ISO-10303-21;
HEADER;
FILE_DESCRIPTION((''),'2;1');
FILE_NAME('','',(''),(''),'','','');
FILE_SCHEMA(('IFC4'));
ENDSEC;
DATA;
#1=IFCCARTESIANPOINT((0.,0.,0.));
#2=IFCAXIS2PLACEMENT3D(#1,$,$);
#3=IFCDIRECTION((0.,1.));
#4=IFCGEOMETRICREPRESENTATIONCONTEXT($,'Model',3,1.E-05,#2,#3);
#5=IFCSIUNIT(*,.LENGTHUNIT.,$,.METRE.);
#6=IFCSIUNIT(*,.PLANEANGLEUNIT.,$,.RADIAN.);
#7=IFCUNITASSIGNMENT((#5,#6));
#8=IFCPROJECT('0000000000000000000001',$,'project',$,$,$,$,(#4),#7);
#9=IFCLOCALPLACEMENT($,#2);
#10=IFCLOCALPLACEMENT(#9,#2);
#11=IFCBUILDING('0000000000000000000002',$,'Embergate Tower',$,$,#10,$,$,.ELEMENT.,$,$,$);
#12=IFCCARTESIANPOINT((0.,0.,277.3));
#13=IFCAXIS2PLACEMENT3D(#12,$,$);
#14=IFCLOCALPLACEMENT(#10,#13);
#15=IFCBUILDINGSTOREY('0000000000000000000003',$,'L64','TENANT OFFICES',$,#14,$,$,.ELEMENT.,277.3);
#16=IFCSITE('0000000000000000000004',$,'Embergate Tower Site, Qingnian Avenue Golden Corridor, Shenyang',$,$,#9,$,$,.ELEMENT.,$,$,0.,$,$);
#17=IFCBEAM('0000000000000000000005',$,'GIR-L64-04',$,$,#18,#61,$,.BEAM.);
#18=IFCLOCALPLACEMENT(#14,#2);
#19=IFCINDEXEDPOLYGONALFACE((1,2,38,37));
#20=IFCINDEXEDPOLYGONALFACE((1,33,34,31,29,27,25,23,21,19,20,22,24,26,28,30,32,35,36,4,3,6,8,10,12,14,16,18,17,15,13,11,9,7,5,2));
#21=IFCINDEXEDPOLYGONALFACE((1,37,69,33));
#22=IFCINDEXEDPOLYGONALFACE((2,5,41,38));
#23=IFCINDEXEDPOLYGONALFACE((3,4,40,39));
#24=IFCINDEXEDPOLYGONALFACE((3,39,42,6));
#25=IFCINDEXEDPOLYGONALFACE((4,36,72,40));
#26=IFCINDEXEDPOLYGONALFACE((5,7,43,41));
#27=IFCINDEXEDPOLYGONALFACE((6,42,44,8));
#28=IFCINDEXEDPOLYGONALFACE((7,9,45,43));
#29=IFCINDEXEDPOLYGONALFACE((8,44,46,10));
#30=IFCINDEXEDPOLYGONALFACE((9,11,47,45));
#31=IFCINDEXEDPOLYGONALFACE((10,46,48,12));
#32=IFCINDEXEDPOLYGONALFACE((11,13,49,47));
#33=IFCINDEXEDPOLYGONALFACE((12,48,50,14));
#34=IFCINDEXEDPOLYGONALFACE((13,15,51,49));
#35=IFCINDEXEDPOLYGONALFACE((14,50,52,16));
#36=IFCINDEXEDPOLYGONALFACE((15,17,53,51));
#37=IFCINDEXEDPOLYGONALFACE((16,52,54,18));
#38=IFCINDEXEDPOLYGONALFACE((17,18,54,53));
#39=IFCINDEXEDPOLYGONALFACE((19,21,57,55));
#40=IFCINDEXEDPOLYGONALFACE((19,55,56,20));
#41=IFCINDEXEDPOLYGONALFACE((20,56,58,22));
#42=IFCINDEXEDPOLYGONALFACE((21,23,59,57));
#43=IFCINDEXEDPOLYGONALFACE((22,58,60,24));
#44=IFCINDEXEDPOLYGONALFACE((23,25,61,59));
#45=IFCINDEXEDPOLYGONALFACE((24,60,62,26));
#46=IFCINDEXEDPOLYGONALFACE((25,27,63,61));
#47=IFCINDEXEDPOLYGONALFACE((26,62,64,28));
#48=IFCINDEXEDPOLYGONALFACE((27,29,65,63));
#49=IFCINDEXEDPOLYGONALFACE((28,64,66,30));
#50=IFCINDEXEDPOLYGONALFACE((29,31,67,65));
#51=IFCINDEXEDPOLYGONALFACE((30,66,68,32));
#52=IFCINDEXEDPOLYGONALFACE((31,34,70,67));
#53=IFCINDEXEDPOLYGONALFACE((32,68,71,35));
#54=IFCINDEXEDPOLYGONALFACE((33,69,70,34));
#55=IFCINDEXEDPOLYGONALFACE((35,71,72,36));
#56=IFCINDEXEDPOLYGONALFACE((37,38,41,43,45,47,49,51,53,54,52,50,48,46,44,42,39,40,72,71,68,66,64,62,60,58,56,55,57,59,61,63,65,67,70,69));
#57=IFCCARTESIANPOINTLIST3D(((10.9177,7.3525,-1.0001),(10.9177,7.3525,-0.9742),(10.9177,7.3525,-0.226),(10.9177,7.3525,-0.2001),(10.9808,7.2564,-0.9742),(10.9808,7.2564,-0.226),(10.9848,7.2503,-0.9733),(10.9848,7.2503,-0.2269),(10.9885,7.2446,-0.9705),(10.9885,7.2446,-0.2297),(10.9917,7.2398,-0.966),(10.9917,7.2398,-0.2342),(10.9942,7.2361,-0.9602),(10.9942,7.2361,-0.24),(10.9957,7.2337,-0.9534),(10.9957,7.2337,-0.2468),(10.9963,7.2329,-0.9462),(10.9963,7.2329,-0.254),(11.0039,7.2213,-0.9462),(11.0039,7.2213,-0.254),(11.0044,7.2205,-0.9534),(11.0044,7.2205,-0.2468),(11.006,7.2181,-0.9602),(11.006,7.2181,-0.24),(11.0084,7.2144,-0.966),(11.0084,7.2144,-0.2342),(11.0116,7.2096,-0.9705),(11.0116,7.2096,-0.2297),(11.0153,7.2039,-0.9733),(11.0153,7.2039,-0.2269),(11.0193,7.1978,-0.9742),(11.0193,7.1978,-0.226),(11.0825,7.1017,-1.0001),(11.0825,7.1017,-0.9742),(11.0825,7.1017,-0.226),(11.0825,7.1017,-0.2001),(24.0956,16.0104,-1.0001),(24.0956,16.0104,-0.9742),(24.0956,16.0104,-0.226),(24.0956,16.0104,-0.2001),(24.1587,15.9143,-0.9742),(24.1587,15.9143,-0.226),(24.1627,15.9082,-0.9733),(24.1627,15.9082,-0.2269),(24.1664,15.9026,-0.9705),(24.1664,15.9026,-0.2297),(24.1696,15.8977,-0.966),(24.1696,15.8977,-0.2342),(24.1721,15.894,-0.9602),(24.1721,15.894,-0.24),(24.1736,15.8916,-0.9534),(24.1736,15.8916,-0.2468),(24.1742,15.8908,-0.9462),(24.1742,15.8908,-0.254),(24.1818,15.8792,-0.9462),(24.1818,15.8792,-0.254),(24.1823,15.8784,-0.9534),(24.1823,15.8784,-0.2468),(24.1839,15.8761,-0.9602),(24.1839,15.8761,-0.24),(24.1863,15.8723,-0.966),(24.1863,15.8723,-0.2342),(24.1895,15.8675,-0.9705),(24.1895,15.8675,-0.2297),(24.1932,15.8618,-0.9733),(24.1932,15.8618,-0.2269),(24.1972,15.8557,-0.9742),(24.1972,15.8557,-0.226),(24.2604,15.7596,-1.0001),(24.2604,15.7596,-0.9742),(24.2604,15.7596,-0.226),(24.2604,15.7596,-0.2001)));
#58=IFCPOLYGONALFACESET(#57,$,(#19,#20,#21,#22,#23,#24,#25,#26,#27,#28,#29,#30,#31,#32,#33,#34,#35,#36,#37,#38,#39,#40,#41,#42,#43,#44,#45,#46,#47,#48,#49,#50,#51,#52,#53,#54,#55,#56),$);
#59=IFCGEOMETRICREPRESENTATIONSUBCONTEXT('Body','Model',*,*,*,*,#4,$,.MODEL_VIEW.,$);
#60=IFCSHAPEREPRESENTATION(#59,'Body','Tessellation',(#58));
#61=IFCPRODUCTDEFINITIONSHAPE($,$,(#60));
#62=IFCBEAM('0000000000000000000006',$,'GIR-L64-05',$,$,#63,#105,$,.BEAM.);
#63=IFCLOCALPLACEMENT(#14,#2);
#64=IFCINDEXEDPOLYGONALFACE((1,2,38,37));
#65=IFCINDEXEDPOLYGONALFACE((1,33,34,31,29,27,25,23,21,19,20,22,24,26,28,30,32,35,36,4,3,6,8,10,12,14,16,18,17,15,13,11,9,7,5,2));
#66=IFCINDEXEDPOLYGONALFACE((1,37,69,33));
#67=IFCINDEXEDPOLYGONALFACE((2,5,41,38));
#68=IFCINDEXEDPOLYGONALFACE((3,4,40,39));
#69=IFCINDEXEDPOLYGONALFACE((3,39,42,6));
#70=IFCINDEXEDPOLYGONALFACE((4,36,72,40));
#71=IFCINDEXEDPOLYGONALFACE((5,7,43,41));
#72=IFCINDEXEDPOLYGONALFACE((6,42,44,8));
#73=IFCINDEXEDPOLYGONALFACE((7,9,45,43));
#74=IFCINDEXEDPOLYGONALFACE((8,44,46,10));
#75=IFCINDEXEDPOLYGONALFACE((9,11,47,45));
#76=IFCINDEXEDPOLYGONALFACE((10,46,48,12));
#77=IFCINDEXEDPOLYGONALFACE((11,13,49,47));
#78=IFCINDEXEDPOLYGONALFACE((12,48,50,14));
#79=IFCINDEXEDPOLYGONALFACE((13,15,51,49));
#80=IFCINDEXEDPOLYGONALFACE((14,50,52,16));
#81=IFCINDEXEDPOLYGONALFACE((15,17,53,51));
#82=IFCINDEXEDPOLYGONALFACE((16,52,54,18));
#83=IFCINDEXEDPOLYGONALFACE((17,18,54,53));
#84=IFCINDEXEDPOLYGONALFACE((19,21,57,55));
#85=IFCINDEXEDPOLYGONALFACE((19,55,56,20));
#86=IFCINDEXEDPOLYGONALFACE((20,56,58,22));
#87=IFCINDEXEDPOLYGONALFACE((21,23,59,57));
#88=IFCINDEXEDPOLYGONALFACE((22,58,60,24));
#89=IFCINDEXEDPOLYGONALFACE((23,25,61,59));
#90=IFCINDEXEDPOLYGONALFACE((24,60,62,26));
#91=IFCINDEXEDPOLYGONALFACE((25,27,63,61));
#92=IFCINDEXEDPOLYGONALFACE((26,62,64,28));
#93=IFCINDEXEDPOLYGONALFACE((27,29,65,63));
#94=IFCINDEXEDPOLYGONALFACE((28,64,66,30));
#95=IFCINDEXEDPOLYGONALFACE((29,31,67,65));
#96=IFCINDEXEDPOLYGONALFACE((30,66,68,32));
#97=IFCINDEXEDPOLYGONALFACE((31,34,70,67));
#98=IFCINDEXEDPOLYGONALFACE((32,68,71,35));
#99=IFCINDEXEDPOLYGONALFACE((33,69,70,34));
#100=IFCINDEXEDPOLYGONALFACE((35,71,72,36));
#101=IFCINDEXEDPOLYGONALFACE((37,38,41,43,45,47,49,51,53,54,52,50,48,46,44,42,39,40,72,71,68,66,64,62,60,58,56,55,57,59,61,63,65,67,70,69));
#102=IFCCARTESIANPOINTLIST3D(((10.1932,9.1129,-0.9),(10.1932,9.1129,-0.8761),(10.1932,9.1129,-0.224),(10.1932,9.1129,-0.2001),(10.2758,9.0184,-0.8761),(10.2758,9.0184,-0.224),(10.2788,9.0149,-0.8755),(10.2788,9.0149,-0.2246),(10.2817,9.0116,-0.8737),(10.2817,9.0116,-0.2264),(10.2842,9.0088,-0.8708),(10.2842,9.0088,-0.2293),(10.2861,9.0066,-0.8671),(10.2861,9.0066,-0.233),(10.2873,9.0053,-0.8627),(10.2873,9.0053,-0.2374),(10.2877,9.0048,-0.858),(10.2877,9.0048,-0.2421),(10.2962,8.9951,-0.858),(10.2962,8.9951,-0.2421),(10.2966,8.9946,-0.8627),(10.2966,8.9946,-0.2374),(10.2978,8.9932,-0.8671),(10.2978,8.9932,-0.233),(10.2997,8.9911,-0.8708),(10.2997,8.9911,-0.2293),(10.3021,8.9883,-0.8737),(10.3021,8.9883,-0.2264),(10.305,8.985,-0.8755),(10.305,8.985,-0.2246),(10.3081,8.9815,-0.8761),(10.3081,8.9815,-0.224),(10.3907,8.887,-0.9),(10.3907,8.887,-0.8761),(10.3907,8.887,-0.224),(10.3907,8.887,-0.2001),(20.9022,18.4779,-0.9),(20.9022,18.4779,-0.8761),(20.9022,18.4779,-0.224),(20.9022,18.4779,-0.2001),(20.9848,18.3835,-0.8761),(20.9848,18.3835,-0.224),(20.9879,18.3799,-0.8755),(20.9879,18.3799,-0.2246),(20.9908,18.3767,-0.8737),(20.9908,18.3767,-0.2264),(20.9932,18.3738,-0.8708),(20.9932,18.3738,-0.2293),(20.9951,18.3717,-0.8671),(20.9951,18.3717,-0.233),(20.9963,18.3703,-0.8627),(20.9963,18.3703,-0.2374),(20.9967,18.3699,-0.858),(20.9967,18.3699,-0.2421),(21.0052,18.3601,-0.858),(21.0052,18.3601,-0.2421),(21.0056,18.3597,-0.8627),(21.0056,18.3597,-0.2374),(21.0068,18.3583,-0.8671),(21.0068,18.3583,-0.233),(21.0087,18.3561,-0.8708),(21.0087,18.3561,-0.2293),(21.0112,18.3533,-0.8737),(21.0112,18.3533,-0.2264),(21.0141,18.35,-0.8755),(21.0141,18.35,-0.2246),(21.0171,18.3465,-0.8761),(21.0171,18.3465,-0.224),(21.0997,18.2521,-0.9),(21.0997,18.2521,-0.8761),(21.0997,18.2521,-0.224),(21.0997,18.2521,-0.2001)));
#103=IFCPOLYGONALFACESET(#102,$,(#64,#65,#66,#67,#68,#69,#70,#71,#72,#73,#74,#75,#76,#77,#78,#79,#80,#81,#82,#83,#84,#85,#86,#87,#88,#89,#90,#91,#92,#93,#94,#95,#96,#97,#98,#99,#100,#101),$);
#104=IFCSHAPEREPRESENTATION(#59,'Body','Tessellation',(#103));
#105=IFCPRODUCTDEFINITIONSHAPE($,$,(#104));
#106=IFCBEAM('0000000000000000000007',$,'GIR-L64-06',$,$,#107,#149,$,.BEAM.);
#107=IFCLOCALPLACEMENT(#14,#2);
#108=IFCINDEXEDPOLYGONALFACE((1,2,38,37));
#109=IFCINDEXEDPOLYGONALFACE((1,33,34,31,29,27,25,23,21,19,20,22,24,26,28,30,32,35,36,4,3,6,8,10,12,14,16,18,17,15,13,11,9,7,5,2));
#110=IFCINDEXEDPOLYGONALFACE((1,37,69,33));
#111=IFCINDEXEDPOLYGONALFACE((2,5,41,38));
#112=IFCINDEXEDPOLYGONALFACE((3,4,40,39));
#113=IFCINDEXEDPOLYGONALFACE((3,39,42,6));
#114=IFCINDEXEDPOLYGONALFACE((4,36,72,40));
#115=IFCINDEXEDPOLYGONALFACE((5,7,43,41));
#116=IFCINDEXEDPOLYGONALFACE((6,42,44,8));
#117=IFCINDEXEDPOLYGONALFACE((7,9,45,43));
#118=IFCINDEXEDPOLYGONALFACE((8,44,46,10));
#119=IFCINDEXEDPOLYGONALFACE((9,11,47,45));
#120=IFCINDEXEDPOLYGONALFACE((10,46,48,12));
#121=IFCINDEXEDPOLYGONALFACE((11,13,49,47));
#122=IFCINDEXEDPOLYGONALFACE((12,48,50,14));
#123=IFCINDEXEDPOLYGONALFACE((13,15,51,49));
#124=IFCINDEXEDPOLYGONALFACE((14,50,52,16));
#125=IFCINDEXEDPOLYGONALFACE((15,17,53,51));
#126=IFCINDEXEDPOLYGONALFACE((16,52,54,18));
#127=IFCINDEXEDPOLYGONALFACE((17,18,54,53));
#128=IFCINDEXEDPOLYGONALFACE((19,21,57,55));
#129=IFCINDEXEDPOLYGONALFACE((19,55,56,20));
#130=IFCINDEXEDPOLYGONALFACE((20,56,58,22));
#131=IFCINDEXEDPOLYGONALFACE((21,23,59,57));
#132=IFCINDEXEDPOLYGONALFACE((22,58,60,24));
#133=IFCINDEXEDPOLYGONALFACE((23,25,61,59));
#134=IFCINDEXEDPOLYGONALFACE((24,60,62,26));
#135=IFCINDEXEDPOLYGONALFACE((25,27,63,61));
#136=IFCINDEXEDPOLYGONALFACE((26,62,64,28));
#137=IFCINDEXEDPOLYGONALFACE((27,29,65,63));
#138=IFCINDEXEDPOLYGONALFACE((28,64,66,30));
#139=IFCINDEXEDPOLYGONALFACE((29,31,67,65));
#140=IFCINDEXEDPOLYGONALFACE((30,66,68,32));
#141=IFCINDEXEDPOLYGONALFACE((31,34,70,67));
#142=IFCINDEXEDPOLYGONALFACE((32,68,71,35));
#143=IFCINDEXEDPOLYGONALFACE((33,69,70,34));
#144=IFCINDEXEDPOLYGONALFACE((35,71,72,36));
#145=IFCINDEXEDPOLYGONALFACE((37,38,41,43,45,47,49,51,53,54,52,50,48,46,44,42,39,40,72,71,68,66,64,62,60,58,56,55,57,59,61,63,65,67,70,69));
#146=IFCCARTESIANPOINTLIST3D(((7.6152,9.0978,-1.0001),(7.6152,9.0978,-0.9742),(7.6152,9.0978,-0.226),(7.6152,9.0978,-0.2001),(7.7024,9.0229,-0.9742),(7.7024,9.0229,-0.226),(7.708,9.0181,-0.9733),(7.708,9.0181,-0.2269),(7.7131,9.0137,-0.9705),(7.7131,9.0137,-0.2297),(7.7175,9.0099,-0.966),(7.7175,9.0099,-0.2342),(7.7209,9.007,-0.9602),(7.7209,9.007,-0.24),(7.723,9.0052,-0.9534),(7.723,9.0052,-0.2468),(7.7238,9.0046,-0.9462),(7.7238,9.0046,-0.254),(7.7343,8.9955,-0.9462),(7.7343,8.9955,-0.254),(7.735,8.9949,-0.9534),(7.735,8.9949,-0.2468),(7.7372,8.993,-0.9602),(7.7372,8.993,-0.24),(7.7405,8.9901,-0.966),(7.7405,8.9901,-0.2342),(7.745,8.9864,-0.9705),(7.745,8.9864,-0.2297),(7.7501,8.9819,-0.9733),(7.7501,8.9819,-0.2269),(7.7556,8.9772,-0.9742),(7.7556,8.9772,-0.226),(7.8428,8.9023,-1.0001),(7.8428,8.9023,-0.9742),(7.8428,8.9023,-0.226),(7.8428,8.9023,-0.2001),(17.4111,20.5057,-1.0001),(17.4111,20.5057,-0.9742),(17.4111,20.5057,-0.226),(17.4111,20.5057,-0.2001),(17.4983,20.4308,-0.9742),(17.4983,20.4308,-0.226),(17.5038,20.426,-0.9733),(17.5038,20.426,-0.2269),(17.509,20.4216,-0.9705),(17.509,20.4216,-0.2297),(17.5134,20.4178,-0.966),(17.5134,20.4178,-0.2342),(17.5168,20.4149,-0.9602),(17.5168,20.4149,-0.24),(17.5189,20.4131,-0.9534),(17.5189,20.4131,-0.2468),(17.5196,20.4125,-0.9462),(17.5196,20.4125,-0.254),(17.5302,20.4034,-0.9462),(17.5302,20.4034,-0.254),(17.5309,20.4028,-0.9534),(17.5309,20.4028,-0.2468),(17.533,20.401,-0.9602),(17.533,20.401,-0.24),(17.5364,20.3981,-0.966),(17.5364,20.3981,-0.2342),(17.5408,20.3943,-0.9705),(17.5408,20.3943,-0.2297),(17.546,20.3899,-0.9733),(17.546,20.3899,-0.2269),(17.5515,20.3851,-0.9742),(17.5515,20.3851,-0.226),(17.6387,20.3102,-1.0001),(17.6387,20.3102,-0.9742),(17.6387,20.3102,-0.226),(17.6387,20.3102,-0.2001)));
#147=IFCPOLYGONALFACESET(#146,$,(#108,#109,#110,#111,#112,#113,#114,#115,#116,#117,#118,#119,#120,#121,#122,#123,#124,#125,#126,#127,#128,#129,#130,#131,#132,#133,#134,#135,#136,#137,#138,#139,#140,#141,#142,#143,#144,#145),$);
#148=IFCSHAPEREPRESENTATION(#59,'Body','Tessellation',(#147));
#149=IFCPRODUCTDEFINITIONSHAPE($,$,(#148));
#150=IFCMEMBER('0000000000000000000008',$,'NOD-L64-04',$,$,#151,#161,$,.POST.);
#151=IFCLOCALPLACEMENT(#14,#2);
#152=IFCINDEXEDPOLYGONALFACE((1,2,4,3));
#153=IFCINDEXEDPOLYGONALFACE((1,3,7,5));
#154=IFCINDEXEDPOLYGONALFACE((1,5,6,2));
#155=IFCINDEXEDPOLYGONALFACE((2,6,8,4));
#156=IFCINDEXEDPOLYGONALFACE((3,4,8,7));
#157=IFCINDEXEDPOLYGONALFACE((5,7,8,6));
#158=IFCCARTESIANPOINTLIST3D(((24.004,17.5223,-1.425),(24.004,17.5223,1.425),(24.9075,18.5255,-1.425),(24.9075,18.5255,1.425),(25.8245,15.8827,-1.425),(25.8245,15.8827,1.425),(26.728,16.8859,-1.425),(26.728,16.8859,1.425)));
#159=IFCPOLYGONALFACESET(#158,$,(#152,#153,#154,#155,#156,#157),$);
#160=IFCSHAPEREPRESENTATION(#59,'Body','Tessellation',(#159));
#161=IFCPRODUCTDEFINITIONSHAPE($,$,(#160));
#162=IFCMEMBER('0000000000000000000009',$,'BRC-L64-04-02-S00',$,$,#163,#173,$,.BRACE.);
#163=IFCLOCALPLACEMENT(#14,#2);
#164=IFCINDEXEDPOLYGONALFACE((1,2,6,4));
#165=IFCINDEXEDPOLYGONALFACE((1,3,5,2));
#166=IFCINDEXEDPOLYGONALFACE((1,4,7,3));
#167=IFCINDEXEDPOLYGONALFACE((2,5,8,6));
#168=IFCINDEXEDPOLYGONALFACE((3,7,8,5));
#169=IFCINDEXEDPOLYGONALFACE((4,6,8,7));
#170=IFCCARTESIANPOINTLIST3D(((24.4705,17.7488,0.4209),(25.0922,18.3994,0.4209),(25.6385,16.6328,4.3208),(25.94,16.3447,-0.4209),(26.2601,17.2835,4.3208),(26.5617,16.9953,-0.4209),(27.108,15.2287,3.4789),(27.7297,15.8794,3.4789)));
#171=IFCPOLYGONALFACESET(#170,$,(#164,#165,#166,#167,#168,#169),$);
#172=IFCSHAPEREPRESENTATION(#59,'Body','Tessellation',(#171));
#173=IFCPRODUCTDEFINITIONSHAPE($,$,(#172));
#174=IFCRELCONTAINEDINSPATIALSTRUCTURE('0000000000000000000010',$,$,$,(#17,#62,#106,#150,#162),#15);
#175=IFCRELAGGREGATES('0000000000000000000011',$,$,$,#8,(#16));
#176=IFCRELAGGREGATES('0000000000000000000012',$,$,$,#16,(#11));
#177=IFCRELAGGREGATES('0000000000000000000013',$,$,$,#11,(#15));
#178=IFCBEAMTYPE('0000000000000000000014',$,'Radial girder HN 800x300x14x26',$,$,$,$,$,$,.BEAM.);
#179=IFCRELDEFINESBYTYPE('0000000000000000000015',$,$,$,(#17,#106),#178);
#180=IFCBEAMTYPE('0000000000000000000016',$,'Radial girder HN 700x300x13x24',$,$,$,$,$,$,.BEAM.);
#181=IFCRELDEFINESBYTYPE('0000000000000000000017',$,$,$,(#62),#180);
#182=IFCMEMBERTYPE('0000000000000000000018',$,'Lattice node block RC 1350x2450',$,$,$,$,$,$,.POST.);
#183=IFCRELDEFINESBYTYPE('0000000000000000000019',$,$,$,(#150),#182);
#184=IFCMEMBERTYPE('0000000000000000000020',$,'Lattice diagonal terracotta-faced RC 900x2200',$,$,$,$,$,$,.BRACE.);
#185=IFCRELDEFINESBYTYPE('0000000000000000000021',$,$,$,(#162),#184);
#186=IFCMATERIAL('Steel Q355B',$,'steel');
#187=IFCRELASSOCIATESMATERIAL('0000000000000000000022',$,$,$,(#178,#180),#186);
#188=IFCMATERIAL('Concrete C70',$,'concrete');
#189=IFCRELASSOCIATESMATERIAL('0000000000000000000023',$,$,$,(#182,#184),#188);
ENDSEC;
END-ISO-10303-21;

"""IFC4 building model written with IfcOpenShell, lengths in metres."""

from ifc_helpers import new_model, si_unit, direction, frame, origin, origin_2d, place, context, subcontext, project, spatial, rectangle, i_section, extrude, source, transform, mapped, material, material_profile, profile_set, type_object, element, save


model = new_model("IFC4")

# Units and contexts
model_context = context("Model", 3, precision=1e-05, world=origin(), true_north=direction((0.0, 1.0)))
body_context = subcontext(model_context, "Body", "Model", "MODEL_VIEW")
ifc_project = project(units=[si_unit("LENGTHUNIT", "METRE"), si_unit("PLANEANGLEUNIT", "RADIAN")], contexts=[model_context])

# Site, building, storey
site_placement = place(None, origin())
site = spatial("IfcSite", under=ifc_project, at=site_placement, Name="Embergate Tower Site, Qingnian Avenue Golden Corridor, Shenyang", CompositionType="ELEMENT", RefElevation=0.0)
building_placement = place(site_placement, origin())
building = spatial("IfcBuilding", under=site, at=building_placement, Name="Embergate Tower", CompositionType="ELEMENT")
storey_placement = place(building_placement, frame((0.0, 0.0, 277.3)))
storey = spatial("IfcBuildingStorey", under=building, at=storey_placement, Name="L64", Description="TENANT OFFICES", CompositionType="ELEMENT", Elevation=277.3)

# Beams
ifc_material_1 = material(Name="Steel Q355B", Category="steel")
ifc_material_profile_1 = material_profile(ifc_material_1, i_section(OverallWidth=0.3, OverallDepth=0.8, WebThickness=0.0139, FlangeThickness=0.0259, FilletRadius=0.0281, at=origin_2d()), Name="HN 800x300x14x26")
ifc_profile_set_1 = profile_set([ifc_material_profile_1], Name="Steel Q355 grade B")
beam_type_1 = type_object("IfcBeamType", Name="Radial girder HN 800x300x14x26", PredefinedType="BEAM", material=ifc_profile_set_1)
shared_shape_1 = source(origin(), body_context, "Body", "SweptSolid", [
    extrude(i_section(OverallWidth=0.3, OverallDepth=0.8, WebThickness=0.0139, FlangeThickness=0.0259, FilletRadius=0.0281, at=origin_2d()), origin(), (0.0, 0.0, 1.0), 15.7676),
])
beam_1_placement = place(storey_placement, frame((24.178, 15.885, -0.6001), z_axis=(-0.835759, -0.549096, 0.0), x_axis=(0.549096, -0.835759, 0.0)))
element("IfcBeam", 1, at=beam_1_placement, inside=storey, type_object=beam_type_1, Name="GIR-L64-04", PredefinedType="BEAM", context=body_context, shape_type="MappedRepresentation", body=[
    mapped(shared_shape_1, transform((0.0, 0.0, 0.0))),
])
ifc_material_profile_2 = material_profile(ifc_material_1, i_section(OverallWidth=0.3, OverallDepth=0.7, WebThickness=0.0129, FlangeThickness=0.0239, FilletRadius=0.0181, at=origin_2d()), Name="HN 700x300x13x24")
ifc_profile_set_2 = profile_set([ifc_material_profile_2], Name="Steel Q355 grade B")
beam_type_2 = type_object("IfcBeamType", Name="Radial girder HN 700x300x13x24", PredefinedType="BEAM", material=ifc_profile_set_2)
shared_shape_2 = source(origin(), body_context, "Body", "SweptSolid", [
    extrude(i_section(OverallWidth=0.3, OverallDepth=0.7, WebThickness=0.0129, FlangeThickness=0.0239, FilletRadius=0.0181, at=origin_2d()), origin(), (0.0, 0.0, 1.0), 14.2263),
])
beam_2_placement = place(storey_placement, frame((21.001, 18.365, -0.55), z_axis=(-0.752764, -0.658291, 0.0), x_axis=(0.658291, -0.752764, 0.0)))
element("IfcBeam", 2, at=beam_2_placement, inside=storey, type_object=beam_type_2, Name="GIR-L64-05", PredefinedType="BEAM", context=body_context, shape_type="MappedRepresentation", body=[
    mapped(shared_shape_2, transform((0.0, 0.0, 0.0))),
])
shared_shape_3 = source(origin(), body_context, "Body", "SweptSolid", [
    extrude(i_section(OverallWidth=0.3, OverallDepth=0.8, WebThickness=0.0139, FlangeThickness=0.0259, FilletRadius=0.0281, at=origin_2d()), origin(), (0.0, 0.0, 1.0), 15.0366),
])
beam_3_placement = place(storey_placement, frame((17.5249, 20.408, -0.6001), z_axis=(-0.651468, -0.758676, 0.0), x_axis=(0.758676, -0.651468, 0.0)))
element("IfcBeam", 3, at=beam_3_placement, inside=storey, type_object=beam_type_1, Name="GIR-L64-06", PredefinedType="BEAM", context=body_context, shape_type="MappedRepresentation", body=[
    mapped(shared_shape_3, transform((0.0, 0.0, 0.0))),
])

# Members
ifc_material_2 = material(Name="Concrete C70", Category="concrete")
ifc_material_profile_3 = material_profile(ifc_material_2, rectangle(XDim=1.3501, YDim=2.45, at=origin_2d()), Name="RC 1350x2450")
ifc_profile_set_3 = profile_set([ifc_material_profile_3], Name="Concrete C70")
member_type_1 = type_object("IfcMemberType", Name="Lattice node block RC 1350x2450", PredefinedType="POST", material=ifc_profile_set_3)
shared_shape_4 = source(origin(), body_context, "Body", "SweptSolid", [
    extrude(rectangle(XDim=1.3501, YDim=2.45, at=origin_2d()), origin(), (0.0, 0.0, 1.0), 2.8501),
])
member_1_placement = place(storey_placement, frame((25.366, 17.2041, -1.425), z_axis=(0.0, 0.0, 1.0), x_axis=(0.669208, 0.743075, 0.0)))
element("IfcMember", 4, at=member_1_placement, inside=storey, type_object=member_type_1, Name="NOD-L64-04", PredefinedType="POST", context=body_context, shape_type="MappedRepresentation", body=[
    mapped(shared_shape_4, transform((0.0, 0.0, 0.0))),
])
ifc_material_profile_4 = material_profile(ifc_material_2, rectangle(XDim=0.8999, YDim=2.2, at=origin_2d()), Name="RC 900x2200")
ifc_profile_set_4 = profile_set([ifc_material_profile_4], Name="Concrete C70")
member_type_2 = type_object("IfcMemberType", Name="Lattice diagonal terracotta-faced RC 900x2200", PredefinedType="BRACE", material=ifc_profile_set_4)
shared_shape_5 = source(origin(), body_context, "Body", "SweptSolid", [
    extrude(rectangle(XDim=0.8999, YDim=2.2, at=origin_2d()), origin(), (0.0, 0.0, 1.0), 4.2212),
])
member_2_placement = place(storey_placement, frame((25.5161, 17.3721, 0.0), z_axis=(0.276689, -0.26437, 0.923878), x_axis=(0.690828, 0.723019, 0.0)))
element("IfcMember", 5, at=member_2_placement, inside=storey, type_object=member_type_2, Name="BRC-L64-04-02-S00", PredefinedType="BRACE", context=body_context, shape_type="MappedRepresentation", body=[
    mapped(shared_shape_5, transform((0.0, 0.0, 0.0))),
])

save(model, "model.ifc")
